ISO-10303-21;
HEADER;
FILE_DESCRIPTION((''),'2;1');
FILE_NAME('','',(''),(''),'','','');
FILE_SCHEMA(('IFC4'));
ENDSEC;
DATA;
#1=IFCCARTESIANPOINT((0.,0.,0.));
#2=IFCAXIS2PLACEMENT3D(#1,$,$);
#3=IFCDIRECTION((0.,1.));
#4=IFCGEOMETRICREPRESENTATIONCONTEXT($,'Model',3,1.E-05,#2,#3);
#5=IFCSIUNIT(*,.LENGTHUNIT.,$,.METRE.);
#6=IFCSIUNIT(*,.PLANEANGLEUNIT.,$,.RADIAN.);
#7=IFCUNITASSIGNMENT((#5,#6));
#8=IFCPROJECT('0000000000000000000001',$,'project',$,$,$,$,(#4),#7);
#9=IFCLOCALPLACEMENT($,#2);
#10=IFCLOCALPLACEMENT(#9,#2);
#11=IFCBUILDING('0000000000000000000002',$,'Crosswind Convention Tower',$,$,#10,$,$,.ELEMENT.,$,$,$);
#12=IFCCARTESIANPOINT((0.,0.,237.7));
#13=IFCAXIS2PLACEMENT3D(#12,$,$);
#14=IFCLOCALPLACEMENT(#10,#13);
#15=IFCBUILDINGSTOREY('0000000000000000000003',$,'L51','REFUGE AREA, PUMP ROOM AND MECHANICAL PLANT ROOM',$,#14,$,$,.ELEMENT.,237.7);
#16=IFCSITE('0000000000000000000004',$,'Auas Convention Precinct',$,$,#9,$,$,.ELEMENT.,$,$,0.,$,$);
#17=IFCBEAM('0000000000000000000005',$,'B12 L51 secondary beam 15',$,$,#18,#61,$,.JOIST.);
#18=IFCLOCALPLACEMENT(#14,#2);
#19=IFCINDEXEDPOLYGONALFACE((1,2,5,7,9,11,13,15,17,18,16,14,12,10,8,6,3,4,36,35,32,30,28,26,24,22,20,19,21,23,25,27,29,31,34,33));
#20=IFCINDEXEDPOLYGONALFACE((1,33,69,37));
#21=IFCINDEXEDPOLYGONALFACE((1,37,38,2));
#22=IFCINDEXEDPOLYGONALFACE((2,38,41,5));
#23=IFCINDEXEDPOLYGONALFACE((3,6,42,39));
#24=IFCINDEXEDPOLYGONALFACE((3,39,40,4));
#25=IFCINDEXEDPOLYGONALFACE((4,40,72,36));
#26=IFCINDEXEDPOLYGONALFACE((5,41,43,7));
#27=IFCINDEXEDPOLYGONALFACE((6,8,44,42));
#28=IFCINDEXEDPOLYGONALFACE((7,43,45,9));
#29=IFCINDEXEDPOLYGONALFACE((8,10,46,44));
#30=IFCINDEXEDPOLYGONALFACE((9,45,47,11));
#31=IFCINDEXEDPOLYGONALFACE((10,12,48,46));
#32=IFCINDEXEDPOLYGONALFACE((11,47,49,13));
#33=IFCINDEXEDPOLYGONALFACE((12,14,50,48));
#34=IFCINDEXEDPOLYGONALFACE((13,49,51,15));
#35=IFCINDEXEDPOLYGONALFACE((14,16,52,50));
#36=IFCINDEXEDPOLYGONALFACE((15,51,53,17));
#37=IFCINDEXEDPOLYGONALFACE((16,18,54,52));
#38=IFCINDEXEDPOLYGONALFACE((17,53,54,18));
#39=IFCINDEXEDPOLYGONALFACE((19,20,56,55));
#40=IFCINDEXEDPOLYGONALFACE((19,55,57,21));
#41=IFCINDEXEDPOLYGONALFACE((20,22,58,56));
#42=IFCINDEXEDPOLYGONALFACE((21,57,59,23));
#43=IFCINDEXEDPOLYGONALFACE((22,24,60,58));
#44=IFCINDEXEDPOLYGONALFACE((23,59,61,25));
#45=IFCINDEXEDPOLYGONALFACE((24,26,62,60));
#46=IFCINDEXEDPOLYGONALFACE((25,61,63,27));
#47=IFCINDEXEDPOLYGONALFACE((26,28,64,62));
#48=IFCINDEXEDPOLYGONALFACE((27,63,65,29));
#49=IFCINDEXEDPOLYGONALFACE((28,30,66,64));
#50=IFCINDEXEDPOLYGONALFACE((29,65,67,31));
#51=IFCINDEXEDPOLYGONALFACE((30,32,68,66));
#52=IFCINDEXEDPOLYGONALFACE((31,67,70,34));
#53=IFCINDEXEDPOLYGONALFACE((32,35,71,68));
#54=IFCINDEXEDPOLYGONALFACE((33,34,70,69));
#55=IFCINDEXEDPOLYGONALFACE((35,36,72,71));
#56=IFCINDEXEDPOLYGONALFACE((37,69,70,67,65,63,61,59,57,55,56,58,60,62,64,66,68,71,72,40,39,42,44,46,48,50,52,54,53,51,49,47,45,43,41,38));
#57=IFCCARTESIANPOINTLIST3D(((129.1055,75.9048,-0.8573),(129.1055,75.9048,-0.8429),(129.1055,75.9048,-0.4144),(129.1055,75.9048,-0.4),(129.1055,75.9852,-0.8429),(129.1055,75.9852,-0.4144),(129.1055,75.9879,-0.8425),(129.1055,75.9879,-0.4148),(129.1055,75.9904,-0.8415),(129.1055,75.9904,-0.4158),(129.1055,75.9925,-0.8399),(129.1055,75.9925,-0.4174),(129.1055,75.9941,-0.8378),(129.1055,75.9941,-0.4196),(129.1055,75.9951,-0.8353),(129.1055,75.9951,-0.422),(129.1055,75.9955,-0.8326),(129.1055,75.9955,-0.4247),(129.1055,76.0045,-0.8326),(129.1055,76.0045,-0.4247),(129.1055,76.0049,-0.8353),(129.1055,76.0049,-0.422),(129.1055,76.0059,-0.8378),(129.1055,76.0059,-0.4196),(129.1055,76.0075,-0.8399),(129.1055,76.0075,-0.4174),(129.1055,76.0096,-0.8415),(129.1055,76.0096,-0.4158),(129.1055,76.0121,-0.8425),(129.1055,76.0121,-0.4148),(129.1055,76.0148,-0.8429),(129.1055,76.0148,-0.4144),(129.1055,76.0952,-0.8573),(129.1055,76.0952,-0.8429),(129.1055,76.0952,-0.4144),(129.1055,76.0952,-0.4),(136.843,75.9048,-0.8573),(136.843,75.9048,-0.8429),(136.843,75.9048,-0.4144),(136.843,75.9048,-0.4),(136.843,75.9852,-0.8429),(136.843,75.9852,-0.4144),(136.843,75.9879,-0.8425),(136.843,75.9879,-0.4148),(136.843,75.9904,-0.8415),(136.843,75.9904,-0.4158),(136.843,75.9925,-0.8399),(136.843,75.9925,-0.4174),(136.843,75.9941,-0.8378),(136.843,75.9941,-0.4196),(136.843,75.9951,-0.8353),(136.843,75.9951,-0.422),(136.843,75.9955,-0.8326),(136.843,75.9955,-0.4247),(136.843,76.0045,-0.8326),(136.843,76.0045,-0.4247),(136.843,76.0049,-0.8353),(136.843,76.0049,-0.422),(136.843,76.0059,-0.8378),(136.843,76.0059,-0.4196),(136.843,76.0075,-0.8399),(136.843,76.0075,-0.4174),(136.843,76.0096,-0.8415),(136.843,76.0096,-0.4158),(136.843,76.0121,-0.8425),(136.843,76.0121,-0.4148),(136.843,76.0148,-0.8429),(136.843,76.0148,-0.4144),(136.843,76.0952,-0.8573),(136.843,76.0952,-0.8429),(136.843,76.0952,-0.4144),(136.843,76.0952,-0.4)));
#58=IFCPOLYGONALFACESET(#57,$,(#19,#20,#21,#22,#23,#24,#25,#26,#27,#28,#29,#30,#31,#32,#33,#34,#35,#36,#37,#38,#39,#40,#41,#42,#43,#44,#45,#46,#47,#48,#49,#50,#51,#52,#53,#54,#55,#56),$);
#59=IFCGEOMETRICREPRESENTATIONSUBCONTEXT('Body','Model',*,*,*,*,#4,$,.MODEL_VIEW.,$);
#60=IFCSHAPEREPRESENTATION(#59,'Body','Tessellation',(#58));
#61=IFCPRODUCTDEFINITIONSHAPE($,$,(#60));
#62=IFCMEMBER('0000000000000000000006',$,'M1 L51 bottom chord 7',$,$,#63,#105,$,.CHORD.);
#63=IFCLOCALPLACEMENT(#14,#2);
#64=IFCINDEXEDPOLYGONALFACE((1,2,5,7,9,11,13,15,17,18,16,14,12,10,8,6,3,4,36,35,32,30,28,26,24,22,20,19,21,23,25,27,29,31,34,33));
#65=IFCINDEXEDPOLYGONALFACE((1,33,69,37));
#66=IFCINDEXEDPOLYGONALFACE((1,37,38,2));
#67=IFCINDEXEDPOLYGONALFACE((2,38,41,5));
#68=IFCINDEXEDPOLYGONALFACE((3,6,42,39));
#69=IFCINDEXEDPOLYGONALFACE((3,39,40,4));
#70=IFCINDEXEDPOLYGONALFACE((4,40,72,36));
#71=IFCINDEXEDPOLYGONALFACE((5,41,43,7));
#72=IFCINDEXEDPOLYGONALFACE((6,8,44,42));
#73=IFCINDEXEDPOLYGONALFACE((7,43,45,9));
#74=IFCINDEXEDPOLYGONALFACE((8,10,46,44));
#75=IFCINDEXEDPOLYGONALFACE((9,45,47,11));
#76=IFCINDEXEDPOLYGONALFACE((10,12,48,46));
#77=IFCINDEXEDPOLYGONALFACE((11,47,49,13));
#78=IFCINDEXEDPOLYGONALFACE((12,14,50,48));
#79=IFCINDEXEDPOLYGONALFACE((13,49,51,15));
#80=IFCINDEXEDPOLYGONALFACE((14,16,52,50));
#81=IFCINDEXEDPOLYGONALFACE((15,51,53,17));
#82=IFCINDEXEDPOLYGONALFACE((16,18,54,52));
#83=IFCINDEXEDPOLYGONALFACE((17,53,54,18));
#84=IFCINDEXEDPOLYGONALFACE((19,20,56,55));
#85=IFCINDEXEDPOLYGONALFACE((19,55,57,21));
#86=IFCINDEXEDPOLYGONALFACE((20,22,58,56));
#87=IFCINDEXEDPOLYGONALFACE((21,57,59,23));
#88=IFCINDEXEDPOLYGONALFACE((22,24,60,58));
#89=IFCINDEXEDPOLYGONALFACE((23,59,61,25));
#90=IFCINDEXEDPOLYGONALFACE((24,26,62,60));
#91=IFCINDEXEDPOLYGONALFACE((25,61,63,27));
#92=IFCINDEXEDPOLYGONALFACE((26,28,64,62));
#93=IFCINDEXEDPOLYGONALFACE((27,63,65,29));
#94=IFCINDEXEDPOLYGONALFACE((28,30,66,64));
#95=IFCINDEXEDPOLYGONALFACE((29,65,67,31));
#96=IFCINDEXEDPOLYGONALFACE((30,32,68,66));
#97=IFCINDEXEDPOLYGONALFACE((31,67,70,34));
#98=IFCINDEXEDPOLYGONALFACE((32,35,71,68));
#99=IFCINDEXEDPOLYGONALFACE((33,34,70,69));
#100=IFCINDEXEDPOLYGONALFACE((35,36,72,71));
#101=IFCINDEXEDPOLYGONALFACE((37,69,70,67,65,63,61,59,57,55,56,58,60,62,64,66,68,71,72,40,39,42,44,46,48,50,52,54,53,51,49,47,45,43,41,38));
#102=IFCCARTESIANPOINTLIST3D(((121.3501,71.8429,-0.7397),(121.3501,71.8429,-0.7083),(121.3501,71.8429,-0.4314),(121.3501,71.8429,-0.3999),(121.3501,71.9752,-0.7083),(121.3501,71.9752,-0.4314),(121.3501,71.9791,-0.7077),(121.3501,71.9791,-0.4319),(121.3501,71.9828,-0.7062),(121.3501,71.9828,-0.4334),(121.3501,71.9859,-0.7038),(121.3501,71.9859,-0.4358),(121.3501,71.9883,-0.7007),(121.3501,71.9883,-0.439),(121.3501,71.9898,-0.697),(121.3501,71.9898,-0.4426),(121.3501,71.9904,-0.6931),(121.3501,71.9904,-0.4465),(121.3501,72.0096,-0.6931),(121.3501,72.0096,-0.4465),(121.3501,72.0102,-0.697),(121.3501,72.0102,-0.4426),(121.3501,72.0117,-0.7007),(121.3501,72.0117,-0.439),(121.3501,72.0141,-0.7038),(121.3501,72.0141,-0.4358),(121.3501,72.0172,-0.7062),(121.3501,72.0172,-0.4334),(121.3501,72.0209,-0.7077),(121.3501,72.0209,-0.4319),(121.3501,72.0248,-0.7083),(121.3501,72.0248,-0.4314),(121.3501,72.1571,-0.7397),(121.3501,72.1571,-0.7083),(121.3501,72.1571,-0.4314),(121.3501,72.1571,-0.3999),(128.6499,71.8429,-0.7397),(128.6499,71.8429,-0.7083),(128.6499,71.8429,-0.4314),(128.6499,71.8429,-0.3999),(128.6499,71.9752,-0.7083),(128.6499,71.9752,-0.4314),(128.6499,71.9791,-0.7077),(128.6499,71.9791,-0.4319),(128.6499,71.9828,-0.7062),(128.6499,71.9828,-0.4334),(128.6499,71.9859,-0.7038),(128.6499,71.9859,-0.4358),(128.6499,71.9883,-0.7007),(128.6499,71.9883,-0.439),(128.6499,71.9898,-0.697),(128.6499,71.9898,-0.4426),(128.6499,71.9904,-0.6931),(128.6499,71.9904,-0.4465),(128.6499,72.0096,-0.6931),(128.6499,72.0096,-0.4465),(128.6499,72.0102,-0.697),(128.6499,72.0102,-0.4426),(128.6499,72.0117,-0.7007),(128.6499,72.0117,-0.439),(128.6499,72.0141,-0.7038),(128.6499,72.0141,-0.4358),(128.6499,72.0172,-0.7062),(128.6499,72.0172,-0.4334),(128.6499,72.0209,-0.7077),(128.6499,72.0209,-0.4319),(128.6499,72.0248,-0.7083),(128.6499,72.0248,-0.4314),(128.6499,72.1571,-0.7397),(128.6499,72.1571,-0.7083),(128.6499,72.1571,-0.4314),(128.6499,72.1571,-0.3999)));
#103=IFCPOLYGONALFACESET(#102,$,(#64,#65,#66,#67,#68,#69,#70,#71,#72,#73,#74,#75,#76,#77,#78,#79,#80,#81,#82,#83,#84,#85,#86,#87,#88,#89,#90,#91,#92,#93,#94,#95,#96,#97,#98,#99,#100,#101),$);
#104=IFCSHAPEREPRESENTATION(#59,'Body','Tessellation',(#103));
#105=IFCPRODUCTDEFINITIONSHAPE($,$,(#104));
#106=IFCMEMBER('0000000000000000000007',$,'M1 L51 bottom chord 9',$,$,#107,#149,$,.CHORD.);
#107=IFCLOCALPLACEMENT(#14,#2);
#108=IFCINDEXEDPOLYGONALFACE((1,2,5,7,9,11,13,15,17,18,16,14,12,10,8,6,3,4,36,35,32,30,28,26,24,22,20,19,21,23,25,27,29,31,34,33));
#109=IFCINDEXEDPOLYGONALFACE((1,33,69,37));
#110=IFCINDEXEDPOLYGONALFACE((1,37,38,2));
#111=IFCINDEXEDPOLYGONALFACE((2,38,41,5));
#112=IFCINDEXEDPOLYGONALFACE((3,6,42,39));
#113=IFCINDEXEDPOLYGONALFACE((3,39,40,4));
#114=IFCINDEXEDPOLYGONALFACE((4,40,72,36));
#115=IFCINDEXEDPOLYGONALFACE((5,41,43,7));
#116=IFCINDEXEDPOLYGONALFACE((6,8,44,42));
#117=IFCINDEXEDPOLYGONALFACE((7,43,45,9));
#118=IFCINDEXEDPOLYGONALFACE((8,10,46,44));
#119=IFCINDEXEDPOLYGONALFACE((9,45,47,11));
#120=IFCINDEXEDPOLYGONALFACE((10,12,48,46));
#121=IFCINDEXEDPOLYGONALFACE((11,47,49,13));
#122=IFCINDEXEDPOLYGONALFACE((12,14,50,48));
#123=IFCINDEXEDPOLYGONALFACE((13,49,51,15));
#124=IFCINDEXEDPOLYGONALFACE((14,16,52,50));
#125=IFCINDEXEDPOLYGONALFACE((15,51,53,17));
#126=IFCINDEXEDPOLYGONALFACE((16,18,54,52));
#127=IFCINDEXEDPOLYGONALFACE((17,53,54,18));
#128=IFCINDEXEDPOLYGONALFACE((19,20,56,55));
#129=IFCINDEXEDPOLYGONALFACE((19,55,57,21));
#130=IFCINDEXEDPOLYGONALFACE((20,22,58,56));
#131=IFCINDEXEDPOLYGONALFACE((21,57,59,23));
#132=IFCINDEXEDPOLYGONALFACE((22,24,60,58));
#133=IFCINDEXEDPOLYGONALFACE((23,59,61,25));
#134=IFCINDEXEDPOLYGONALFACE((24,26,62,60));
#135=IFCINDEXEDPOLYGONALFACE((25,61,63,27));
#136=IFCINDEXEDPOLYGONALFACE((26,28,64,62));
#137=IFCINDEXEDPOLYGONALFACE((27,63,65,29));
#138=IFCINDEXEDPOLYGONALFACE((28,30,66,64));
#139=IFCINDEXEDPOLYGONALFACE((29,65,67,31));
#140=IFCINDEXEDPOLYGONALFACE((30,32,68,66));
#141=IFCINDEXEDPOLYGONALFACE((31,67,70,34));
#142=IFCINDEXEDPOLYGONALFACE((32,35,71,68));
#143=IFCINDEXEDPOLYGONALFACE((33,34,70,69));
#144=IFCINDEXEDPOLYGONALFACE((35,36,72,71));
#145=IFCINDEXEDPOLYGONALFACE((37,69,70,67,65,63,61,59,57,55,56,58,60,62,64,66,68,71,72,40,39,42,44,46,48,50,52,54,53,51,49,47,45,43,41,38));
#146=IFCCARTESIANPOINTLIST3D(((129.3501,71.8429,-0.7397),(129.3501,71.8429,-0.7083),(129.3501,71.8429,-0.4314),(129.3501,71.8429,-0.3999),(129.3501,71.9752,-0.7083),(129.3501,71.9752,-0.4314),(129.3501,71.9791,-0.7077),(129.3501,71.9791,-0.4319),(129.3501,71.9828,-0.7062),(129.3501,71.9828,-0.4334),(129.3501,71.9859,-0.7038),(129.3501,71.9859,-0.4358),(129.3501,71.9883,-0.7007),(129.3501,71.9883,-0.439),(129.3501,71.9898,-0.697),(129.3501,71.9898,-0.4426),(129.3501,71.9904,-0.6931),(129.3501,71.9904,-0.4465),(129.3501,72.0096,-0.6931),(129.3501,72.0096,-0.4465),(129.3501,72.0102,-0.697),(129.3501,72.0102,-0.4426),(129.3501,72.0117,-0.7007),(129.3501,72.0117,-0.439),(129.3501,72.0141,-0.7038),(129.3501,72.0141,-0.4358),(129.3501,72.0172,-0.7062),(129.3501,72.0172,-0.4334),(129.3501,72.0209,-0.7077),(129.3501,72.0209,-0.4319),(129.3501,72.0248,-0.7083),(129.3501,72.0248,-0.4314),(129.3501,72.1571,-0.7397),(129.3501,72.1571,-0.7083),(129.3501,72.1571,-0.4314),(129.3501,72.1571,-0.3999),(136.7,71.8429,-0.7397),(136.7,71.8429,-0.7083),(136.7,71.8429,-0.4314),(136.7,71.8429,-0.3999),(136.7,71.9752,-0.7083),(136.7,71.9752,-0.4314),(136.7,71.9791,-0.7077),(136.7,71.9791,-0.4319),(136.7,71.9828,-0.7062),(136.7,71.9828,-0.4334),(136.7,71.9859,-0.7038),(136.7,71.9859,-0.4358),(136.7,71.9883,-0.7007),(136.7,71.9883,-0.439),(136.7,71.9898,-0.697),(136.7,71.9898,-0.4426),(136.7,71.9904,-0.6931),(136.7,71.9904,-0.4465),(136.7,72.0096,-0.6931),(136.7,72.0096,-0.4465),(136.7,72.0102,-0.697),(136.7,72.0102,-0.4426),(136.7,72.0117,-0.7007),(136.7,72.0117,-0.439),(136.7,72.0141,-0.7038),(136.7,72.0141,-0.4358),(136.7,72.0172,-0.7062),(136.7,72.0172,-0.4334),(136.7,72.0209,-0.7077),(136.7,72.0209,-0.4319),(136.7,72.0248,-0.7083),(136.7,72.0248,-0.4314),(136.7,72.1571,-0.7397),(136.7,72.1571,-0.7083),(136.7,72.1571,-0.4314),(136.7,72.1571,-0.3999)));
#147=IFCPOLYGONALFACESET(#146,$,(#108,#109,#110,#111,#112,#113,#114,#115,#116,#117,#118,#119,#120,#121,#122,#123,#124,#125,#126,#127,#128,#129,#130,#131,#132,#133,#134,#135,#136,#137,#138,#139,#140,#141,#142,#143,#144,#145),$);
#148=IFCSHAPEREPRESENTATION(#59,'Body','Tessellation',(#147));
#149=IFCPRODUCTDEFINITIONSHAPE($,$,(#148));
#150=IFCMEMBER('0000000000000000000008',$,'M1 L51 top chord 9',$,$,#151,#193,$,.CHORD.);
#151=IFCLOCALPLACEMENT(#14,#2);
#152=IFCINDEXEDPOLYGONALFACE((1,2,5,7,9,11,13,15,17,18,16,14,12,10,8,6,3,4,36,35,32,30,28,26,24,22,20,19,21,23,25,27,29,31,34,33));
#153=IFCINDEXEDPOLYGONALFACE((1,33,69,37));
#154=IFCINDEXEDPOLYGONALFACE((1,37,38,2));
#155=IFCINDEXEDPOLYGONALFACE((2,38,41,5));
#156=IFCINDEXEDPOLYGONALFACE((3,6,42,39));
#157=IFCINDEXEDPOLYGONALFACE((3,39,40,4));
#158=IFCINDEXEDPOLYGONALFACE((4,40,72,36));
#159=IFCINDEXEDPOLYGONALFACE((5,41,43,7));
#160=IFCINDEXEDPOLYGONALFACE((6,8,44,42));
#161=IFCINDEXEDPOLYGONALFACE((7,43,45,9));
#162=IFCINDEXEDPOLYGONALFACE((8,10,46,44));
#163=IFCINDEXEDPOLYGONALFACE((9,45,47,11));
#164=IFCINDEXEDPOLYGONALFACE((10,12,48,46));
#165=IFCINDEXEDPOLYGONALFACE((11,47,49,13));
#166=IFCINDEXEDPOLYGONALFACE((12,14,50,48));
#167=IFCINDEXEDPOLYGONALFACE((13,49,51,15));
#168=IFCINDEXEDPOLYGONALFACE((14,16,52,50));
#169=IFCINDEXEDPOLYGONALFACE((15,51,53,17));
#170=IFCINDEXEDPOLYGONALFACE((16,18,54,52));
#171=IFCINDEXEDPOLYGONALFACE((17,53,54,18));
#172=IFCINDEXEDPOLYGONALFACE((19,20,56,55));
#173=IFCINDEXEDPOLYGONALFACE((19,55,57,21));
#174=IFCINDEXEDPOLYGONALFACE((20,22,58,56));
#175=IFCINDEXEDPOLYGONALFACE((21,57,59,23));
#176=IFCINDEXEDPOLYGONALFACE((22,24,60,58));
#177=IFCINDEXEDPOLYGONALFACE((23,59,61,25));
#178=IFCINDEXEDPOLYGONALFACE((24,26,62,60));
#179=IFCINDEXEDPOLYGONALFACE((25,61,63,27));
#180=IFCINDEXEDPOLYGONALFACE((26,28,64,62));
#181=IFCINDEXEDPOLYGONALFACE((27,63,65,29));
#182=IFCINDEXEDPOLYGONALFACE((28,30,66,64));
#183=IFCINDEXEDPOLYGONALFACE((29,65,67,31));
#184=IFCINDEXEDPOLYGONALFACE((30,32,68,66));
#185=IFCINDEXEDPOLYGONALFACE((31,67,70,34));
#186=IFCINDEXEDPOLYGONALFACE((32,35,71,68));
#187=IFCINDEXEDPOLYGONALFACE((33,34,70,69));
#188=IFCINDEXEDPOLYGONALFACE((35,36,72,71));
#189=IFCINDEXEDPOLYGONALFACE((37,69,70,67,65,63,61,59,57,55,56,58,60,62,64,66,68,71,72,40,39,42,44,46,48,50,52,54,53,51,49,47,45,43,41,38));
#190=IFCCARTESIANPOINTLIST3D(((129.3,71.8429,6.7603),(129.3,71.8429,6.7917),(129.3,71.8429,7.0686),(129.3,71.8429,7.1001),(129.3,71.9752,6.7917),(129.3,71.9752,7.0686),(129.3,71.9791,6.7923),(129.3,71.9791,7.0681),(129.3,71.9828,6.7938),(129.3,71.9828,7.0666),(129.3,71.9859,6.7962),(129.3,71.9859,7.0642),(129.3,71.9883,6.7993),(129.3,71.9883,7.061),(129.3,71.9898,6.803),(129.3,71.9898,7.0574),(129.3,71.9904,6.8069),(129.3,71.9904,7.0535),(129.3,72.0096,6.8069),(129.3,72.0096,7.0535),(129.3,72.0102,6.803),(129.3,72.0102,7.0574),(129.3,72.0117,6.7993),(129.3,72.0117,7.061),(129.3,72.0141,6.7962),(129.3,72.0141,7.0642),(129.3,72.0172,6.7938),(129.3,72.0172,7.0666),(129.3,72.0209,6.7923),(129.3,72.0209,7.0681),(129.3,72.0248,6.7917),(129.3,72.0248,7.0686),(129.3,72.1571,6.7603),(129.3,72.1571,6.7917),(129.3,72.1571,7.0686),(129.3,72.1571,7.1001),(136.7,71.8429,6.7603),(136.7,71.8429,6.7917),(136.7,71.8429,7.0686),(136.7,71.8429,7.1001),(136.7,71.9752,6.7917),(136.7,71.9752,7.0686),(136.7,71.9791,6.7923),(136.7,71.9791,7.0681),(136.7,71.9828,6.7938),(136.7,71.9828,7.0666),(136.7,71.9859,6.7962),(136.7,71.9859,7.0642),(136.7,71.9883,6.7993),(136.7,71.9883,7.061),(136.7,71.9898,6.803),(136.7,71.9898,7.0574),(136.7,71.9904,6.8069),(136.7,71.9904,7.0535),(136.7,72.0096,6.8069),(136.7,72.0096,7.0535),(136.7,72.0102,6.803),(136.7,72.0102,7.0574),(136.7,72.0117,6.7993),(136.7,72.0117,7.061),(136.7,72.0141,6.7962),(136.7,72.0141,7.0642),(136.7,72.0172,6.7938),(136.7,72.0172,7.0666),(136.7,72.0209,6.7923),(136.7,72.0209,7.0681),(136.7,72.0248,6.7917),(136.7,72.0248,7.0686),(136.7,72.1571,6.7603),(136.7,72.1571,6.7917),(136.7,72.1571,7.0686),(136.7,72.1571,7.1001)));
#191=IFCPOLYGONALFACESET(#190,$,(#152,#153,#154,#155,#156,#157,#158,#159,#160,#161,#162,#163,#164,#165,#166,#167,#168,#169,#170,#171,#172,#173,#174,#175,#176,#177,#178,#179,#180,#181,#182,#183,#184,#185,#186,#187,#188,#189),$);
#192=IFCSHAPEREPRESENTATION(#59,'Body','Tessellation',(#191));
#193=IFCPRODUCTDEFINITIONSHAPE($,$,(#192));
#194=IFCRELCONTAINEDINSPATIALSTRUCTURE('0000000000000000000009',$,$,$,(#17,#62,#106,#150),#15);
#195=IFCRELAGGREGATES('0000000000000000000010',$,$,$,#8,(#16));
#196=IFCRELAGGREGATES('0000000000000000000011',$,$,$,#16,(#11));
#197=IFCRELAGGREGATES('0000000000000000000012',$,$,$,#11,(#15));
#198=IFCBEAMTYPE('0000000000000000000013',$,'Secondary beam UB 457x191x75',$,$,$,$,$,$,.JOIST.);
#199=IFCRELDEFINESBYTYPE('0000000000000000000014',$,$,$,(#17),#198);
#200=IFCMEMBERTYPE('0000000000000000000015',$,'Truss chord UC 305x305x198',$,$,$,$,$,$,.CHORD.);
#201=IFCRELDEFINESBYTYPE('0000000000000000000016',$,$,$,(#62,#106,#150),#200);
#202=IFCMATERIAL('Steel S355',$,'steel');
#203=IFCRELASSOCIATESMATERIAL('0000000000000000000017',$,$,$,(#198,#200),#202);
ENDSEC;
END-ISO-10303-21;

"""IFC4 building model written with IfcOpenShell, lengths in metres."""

from ifc_helpers import new_model, si_unit, direction, frame, origin, origin_2d, place, context, subcontext, project, spatial, i_section, extrude, material, material_profile, profile_set, type_object, element, save


model = new_model("IFC4")

# Units and contexts
model_context = context("Model", 3, precision=1e-05, world=origin(), true_north=direction((0.0, 1.0)))
body_context = subcontext(model_context, "Body", "Model", "MODEL_VIEW")
ifc_project = project(units=[si_unit("LENGTHUNIT", "METRE"), si_unit("PLANEANGLEUNIT", "RADIAN")], contexts=[model_context])

# Site, building, storey
site_placement = place(None, origin())
site = spatial("IfcSite", under=ifc_project, at=site_placement, Name="Auas Convention Precinct", CompositionType="ELEMENT", RefElevation=0.0)
building_placement = place(site_placement, origin())
building = spatial("IfcBuilding", under=site, at=building_placement, Name="Crosswind Convention Tower", CompositionType="ELEMENT")
storey_placement = place(building_placement, frame((0.0, 0.0, 237.7)))
storey = spatial("IfcBuildingStorey", under=building, at=storey_placement, Name="L51", Description="REFUGE AREA, PUMP ROOM AND MECHANICAL PLANT ROOM", CompositionType="ELEMENT", Elevation=237.7)

# Beam
ifc_material_1 = material(Name="Steel S355", Category="steel")
ifc_material_profile_1 = material_profile(ifc_material_1, i_section(OverallWidth=0.1904, OverallDepth=0.4573, WebThickness=0.009, FlangeThickness=0.0144, FilletRadius=0.0103, at=origin_2d()), Name="UB 457x191x75")
ifc_profile_set_1 = profile_set([ifc_material_profile_1], Name="Steel S355")
beam_type_1 = type_object("IfcBeamType", Name="Secondary beam UB 457x191x75", PredefinedType="JOIST", material=ifc_profile_set_1)
beam_1_placement = place(storey_placement, frame((129.1055, 76.0, -0.6287), z_axis=(1.0, 0.0, 0.0), x_axis=(0.0, 1.0, 0.0)))
element("IfcBeam", 1, at=beam_1_placement, inside=storey, type_object=beam_type_1, Name="B12 L51 secondary beam 15", PredefinedType="JOIST", context=body_context, shape_type="SweptSolid", body=[
    extrude(i_section(OverallWidth=0.1904, OverallDepth=0.4573, WebThickness=0.009, FlangeThickness=0.0144, FilletRadius=0.0103, at=origin_2d()), origin(), (0.0, 0.0, 1.0), 7.7375),
])

# Members
ifc_material_profile_2 = material_profile(ifc_material_1, i_section(OverallWidth=0.3142, OverallDepth=0.3398, WebThickness=0.0193, FlangeThickness=0.0315, FilletRadius=0.0151, at=origin_2d()), Name="UC 305x305x198")
ifc_profile_set_2 = profile_set([ifc_material_profile_2], Name="Steel S355")
member_type_1 = type_object("IfcMemberType", Name="Truss chord UC 305x305x198", PredefinedType="CHORD", material=ifc_profile_set_2)
member_1_placement = place(storey_placement, frame((121.3501, 72.0, -0.5698), z_axis=(1.0, 0.0, 0.0), x_axis=(0.0, 1.0, 0.0)))
element("IfcMember", 2, at=member_1_placement, inside=storey, type_object=member_type_1, Name="M1 L51 bottom chord 7", PredefinedType="CHORD", context=body_context, shape_type="SweptSolid", body=[
    extrude(i_section(OverallWidth=0.3142, OverallDepth=0.3398, WebThickness=0.0193, FlangeThickness=0.0315, FilletRadius=0.0151, at=origin_2d()), origin(), (0.0, 0.0, 1.0), 7.2998),
])
member_2_placement = place(storey_placement, frame((129.3501, 72.0, -0.5698), z_axis=(1.0, 0.0, 0.0), x_axis=(0.0, 1.0, 0.0)))
element("IfcMember", 3, at=member_2_placement, inside=storey, type_object=member_type_1, Name="M1 L51 bottom chord 9", PredefinedType="CHORD", context=body_context, shape_type="SweptSolid", body=[
    extrude(i_section(OverallWidth=0.3142, OverallDepth=0.3398, WebThickness=0.0193, FlangeThickness=0.0315, FilletRadius=0.0151, at=origin_2d()), origin(), (0.0, 0.0, 1.0), 7.3499),
])
member_3_placement = place(storey_placement, frame((129.3, 72.0, 6.9302), z_axis=(1.0, 0.0, 0.0), x_axis=(0.0, 1.0, 0.0)))
element("IfcMember", 4, at=member_3_placement, inside=storey, type_object=member_type_1, Name="M1 L51 top chord 9", PredefinedType="CHORD", context=body_context, shape_type="SweptSolid", body=[
    extrude(i_section(OverallWidth=0.3142, OverallDepth=0.3398, WebThickness=0.0193, FlangeThickness=0.0315, FilletRadius=0.0151, at=origin_2d()), origin(), (0.0, 0.0, 1.0), 7.3999),
])

save(model, "model.ifc")
